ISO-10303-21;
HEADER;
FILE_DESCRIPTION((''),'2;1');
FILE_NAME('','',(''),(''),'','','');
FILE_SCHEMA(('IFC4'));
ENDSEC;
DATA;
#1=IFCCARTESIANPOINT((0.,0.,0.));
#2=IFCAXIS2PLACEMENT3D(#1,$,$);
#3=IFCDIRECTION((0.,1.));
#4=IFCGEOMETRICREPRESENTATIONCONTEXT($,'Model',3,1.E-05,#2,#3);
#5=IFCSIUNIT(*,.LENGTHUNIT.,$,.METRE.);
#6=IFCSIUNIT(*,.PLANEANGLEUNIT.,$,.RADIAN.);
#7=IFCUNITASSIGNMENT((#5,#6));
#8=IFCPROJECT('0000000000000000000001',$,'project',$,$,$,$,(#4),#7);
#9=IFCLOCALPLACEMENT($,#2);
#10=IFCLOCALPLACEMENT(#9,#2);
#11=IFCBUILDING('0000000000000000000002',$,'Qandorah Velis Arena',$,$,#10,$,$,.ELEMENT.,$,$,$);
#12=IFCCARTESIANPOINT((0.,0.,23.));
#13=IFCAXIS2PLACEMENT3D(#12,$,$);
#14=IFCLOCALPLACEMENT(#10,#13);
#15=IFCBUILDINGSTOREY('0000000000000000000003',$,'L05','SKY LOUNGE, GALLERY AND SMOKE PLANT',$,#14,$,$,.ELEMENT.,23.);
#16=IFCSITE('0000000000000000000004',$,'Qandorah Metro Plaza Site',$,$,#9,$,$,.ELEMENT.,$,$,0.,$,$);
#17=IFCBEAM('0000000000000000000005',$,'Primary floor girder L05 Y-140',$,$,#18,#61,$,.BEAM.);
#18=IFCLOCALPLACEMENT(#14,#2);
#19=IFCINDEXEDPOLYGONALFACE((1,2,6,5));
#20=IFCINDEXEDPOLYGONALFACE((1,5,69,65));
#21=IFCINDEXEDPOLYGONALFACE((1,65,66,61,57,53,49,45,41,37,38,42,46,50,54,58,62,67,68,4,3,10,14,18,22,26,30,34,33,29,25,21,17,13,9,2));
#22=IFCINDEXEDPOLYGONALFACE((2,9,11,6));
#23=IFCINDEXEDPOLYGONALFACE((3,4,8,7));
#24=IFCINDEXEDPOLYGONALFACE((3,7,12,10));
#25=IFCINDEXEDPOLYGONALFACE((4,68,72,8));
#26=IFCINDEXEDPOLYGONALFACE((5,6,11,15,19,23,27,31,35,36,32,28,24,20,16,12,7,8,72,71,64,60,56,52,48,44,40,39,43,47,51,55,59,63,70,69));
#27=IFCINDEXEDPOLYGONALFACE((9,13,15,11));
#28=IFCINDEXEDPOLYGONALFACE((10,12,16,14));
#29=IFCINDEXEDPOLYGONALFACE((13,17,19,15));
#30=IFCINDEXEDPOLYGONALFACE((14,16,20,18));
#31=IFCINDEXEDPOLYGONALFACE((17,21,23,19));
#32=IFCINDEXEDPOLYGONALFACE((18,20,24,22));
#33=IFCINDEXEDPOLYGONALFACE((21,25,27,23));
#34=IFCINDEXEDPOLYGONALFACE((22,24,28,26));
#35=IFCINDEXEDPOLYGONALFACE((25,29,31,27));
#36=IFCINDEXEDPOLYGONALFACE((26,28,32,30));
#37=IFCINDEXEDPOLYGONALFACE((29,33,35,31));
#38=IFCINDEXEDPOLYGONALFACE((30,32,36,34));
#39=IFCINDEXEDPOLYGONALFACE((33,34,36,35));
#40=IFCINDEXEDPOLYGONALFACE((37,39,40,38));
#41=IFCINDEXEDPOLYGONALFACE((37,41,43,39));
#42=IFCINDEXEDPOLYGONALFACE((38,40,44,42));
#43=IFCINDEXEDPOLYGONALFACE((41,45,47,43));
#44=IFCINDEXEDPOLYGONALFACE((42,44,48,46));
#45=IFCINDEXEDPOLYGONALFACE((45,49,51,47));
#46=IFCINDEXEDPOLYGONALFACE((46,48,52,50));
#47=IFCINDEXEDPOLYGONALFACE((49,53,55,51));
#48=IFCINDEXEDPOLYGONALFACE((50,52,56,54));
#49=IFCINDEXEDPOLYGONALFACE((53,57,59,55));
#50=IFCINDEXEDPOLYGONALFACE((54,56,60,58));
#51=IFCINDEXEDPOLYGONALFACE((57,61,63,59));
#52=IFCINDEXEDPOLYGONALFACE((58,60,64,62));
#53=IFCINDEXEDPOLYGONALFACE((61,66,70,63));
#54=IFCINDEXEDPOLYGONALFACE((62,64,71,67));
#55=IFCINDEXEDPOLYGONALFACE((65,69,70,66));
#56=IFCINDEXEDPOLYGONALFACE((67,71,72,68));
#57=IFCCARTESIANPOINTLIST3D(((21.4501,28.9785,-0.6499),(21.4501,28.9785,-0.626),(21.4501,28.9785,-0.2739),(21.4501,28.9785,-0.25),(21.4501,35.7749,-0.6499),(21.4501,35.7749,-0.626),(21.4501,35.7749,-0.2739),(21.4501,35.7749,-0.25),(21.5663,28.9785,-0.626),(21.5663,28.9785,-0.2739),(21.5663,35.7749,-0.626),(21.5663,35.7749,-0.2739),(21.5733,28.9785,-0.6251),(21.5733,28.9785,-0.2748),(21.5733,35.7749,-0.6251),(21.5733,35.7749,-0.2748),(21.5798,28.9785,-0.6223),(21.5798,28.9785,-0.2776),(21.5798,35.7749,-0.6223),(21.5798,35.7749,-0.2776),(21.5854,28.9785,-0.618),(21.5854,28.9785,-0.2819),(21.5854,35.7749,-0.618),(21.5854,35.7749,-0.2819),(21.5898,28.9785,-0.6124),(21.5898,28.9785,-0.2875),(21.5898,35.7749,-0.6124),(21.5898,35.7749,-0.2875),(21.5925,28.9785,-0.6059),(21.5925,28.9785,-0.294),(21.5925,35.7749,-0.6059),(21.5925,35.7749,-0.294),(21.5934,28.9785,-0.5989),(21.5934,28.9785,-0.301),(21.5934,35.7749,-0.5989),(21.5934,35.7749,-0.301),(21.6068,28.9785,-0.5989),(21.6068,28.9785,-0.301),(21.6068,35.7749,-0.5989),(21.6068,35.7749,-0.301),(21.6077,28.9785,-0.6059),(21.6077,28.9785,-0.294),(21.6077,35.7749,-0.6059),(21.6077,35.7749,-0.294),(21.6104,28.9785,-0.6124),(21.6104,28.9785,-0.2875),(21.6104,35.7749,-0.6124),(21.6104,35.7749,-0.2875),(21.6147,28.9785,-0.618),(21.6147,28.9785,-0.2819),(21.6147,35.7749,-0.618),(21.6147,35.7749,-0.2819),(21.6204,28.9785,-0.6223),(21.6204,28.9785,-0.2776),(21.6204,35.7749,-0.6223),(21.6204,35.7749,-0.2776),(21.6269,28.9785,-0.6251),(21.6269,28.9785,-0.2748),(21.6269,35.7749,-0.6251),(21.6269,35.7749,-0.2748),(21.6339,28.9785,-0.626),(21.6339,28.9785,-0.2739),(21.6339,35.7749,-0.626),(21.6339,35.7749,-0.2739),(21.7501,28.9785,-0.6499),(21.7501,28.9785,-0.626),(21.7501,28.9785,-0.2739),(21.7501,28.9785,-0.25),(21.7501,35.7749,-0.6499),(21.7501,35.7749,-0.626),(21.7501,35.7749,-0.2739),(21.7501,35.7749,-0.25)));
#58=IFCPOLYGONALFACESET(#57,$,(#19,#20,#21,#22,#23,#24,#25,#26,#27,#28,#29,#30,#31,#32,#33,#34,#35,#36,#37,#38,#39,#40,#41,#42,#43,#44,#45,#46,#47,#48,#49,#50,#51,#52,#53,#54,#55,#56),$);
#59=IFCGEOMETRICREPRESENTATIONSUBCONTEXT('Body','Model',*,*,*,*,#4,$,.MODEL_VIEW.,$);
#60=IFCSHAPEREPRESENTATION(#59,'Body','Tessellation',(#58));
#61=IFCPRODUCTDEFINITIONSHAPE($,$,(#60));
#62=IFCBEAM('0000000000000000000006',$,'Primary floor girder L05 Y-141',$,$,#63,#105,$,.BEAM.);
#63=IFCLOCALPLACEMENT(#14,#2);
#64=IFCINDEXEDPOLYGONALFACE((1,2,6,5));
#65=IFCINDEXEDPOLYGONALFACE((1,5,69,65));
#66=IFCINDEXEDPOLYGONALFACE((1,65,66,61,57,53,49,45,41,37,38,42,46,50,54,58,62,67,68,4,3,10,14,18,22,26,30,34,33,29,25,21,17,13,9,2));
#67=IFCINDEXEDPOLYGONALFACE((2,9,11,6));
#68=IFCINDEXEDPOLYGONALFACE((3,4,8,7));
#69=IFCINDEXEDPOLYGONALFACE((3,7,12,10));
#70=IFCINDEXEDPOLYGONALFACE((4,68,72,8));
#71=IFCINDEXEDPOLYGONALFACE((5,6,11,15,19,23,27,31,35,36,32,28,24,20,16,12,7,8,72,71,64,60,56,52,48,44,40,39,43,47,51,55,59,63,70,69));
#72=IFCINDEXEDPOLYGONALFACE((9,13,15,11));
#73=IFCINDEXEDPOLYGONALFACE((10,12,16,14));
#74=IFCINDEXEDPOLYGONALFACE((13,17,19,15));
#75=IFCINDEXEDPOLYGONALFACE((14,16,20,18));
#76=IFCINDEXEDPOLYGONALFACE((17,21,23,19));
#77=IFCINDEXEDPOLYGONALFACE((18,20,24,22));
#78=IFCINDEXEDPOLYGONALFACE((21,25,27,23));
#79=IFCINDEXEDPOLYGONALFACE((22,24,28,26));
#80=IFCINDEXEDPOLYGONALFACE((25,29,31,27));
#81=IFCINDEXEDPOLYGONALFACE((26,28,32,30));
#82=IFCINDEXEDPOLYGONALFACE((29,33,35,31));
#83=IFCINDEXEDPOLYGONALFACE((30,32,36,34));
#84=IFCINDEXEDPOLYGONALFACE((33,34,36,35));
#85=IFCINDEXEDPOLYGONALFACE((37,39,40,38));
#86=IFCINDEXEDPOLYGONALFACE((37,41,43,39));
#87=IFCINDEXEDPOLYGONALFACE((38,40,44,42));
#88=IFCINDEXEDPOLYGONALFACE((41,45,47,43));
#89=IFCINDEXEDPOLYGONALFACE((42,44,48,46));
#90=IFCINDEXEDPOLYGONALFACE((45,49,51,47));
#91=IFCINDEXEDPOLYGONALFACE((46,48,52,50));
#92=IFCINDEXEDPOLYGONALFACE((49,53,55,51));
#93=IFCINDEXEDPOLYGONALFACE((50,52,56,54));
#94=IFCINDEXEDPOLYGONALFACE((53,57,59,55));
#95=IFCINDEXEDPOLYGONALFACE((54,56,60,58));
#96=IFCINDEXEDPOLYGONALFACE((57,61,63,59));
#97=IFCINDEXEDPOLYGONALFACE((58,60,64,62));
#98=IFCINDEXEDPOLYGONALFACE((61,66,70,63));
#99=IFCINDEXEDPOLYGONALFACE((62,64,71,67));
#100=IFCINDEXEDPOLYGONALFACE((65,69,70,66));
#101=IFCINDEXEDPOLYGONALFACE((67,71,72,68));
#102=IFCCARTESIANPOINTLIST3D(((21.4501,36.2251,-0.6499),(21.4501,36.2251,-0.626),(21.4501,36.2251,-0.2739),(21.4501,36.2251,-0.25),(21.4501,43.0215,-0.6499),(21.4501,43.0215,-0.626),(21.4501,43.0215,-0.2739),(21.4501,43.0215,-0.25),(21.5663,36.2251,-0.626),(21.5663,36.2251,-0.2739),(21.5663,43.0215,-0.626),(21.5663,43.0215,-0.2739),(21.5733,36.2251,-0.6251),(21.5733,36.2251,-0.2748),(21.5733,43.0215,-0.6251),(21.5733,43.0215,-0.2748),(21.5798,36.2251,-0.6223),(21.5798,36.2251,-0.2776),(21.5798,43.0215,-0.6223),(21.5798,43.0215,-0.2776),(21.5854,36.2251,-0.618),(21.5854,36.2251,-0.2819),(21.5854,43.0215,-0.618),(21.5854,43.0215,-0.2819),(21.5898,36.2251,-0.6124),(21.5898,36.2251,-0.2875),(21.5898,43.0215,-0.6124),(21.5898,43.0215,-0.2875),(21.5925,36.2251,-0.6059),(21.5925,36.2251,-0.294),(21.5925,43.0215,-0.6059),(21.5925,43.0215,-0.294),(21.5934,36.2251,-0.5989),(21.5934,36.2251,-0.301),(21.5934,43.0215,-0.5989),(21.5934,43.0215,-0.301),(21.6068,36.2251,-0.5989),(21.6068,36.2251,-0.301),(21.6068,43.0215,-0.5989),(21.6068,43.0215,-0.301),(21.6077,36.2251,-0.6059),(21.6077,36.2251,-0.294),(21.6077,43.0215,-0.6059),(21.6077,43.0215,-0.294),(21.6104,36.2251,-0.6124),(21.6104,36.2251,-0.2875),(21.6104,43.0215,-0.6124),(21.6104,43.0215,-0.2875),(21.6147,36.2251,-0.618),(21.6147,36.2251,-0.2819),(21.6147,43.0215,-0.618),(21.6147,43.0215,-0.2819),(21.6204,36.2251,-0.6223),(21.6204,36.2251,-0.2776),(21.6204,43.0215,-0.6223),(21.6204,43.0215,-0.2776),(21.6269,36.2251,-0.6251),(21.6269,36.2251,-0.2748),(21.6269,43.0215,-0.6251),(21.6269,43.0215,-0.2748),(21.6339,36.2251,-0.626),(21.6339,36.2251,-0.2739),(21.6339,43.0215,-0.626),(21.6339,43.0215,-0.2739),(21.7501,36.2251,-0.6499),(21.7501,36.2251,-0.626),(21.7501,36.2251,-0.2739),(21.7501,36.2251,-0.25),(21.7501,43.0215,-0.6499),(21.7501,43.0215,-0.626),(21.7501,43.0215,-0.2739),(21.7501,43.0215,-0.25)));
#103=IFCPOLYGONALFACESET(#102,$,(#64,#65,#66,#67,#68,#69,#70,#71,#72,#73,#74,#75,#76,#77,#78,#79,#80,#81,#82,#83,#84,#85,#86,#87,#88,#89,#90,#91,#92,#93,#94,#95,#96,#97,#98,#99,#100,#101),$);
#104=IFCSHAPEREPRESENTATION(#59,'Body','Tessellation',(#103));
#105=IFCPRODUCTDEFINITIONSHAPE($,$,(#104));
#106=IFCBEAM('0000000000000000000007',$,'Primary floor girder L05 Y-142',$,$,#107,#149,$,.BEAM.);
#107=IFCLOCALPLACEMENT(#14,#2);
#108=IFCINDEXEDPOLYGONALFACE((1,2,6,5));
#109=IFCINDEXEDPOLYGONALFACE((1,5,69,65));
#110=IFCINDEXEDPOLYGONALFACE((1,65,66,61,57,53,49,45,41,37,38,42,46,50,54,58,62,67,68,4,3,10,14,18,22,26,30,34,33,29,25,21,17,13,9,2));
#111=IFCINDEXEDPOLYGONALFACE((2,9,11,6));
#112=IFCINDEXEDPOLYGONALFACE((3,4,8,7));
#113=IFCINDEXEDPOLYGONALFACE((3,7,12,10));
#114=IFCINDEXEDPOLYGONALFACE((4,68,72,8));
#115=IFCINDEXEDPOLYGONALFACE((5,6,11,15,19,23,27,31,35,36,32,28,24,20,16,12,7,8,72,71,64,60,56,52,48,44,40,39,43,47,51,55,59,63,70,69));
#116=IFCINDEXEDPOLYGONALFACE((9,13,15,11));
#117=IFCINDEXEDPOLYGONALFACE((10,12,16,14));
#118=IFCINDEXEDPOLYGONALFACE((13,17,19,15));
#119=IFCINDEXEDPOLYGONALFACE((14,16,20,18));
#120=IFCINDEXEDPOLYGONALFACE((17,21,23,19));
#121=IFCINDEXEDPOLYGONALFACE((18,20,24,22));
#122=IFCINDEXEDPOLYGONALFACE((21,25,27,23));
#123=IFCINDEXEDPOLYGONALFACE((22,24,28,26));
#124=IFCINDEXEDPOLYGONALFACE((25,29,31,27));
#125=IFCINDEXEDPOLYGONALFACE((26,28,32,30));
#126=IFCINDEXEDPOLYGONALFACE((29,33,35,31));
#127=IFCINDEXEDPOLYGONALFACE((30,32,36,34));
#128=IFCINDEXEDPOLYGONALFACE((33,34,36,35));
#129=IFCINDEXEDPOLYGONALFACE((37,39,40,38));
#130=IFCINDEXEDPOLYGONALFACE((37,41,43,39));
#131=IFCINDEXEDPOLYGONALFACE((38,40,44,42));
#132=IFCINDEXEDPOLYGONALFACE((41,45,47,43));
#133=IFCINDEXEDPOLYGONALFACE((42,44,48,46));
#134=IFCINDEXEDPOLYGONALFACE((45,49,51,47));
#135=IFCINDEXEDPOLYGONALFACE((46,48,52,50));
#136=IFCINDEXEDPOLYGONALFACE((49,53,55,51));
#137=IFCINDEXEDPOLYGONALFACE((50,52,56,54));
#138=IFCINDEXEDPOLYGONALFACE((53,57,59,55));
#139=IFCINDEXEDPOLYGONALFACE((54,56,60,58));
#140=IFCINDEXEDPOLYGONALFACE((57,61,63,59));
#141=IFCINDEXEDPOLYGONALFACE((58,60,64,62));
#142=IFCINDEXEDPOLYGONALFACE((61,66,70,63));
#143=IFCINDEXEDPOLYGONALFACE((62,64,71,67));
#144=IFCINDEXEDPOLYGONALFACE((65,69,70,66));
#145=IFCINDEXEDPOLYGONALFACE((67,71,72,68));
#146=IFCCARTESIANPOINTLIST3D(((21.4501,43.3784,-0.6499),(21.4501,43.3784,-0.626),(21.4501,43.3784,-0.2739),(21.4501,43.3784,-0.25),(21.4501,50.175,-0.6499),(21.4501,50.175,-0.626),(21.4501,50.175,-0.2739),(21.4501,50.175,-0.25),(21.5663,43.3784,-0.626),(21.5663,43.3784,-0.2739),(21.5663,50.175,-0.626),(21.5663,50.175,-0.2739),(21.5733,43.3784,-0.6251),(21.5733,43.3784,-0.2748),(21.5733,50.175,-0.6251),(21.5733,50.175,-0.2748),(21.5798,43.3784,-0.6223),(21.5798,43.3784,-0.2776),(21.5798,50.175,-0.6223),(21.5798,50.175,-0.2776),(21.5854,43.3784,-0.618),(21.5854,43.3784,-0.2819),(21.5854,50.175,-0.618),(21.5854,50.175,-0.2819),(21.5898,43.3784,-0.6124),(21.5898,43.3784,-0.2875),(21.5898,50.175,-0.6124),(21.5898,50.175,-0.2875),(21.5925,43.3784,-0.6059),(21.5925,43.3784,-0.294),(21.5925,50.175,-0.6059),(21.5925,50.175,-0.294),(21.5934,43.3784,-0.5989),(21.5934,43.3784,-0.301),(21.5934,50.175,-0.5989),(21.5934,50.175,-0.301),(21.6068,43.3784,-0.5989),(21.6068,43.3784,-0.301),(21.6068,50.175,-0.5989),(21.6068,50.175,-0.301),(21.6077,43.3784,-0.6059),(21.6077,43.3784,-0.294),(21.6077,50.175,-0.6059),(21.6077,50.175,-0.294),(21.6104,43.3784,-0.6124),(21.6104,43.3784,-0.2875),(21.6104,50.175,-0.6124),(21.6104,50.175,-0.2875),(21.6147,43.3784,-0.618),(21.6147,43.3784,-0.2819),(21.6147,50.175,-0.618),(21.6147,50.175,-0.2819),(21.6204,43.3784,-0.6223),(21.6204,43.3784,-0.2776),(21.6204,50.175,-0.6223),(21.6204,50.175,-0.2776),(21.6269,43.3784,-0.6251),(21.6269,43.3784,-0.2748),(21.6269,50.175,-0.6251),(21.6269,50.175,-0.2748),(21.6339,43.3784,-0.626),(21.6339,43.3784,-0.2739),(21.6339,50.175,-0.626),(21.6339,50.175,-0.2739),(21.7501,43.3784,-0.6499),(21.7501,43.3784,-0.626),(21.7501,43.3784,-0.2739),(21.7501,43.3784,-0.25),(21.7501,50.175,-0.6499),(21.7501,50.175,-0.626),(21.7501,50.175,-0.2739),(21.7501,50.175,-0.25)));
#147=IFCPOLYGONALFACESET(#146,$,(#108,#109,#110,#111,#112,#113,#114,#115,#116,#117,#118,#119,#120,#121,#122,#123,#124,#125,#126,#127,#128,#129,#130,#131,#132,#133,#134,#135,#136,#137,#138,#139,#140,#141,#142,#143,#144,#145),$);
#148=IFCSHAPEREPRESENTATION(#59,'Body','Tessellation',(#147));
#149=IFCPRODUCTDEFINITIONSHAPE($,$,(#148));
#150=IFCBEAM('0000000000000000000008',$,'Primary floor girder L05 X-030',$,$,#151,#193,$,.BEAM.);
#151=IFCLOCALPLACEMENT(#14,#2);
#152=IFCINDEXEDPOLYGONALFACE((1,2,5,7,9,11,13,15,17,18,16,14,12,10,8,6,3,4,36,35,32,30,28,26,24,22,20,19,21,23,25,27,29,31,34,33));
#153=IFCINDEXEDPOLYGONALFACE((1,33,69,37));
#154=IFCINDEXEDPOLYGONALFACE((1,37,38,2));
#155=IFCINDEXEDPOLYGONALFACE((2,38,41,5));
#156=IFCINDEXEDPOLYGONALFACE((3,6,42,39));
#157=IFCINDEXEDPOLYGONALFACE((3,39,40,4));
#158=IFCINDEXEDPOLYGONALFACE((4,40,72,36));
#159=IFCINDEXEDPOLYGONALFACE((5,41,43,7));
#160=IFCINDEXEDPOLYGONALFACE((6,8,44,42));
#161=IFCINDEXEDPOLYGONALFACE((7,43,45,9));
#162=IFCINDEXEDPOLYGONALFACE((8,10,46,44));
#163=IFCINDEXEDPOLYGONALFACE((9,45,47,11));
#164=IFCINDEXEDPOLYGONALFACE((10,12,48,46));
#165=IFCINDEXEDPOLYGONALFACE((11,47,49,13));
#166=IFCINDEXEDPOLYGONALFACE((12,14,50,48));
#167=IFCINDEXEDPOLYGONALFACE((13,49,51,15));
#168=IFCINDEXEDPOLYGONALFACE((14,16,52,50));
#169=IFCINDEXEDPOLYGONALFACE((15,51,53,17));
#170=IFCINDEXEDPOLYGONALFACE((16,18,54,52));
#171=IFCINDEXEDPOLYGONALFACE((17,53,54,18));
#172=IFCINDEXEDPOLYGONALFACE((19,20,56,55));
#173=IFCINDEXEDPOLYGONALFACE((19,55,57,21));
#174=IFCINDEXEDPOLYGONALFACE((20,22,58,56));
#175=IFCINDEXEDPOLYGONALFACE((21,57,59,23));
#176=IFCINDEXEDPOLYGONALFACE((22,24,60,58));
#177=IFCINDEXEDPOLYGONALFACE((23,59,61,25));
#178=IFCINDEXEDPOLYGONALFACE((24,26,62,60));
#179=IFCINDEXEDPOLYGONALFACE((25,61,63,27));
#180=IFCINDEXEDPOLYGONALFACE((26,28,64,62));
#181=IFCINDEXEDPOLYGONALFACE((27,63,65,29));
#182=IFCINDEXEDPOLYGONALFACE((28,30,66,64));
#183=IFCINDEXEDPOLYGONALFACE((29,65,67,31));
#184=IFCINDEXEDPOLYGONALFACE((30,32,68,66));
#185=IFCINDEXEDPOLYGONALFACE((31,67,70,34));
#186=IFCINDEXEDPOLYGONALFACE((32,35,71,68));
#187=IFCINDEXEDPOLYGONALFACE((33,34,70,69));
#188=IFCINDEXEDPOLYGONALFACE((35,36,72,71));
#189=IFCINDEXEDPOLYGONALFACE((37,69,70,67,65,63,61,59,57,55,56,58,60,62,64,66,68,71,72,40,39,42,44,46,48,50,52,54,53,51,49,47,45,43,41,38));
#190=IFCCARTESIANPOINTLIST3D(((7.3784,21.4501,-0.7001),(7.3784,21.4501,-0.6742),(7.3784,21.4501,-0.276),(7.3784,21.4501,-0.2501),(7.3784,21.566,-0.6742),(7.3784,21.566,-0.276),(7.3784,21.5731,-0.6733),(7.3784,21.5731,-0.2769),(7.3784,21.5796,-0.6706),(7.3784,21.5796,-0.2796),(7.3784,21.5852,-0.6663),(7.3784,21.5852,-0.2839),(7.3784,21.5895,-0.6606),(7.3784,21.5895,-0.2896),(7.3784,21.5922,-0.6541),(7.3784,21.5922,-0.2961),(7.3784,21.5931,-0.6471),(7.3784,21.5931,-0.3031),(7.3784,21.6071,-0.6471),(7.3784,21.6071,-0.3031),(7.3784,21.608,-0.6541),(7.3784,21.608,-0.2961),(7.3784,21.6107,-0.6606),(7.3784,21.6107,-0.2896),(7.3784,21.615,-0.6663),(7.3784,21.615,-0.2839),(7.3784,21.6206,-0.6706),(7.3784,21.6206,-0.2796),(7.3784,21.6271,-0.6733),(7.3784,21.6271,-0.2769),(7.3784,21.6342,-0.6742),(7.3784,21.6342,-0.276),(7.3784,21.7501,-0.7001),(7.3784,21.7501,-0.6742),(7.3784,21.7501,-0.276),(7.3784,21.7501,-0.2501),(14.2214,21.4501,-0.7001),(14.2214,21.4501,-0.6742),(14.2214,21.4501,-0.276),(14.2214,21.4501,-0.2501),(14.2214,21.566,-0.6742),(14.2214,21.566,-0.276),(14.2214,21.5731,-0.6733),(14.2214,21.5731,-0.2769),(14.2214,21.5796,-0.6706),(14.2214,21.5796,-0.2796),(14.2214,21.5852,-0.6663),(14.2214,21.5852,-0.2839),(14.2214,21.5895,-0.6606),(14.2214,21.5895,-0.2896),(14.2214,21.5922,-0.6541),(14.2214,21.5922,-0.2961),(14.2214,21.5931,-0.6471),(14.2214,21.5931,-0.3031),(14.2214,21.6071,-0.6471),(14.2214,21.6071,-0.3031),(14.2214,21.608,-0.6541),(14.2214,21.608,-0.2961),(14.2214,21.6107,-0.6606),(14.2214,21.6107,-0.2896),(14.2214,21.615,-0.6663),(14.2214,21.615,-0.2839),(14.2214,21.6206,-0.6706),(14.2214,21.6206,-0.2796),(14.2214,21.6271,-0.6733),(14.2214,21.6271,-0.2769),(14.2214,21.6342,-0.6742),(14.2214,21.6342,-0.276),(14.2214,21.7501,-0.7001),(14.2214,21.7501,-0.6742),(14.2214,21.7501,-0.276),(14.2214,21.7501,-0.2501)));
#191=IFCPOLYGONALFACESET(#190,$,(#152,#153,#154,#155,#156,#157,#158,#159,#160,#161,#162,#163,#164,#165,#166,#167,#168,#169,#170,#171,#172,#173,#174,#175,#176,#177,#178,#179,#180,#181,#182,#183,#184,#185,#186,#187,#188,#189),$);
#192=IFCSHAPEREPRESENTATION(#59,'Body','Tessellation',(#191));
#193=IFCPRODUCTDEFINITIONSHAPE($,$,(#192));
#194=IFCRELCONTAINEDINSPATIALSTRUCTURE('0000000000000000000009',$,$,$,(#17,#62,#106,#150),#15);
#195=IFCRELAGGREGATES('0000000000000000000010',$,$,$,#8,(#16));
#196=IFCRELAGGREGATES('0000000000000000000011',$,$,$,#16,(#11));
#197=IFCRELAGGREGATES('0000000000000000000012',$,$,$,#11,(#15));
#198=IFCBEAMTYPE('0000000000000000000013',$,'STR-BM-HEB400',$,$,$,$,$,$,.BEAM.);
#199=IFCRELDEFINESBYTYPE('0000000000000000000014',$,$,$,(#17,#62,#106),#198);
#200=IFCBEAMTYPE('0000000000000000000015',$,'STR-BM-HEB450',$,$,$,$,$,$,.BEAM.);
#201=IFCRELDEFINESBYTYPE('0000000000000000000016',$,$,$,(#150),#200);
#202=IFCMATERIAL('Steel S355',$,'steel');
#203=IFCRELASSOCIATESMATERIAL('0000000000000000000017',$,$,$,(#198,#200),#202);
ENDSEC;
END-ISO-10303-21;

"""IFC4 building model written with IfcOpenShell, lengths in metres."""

from ifc_helpers import new_model, si_unit, direction, frame, origin, origin_2d, place, context, subcontext, project, spatial, i_section, extrude, material, material_profile, profile_set, type_object, element, save


model = new_model("IFC4")

# Units and contexts
model_context = context("Model", 3, precision=1e-05, world=origin(), true_north=direction((0.0, 1.0)))
body_context = subcontext(model_context, "Body", "Model", "MODEL_VIEW")
ifc_project = project(units=[si_unit("LENGTHUNIT", "METRE"), si_unit("PLANEANGLEUNIT", "RADIAN")], contexts=[model_context])

# Site, building, storey
site_placement = place(None, origin())
site = spatial("IfcSite", under=ifc_project, at=site_placement, Name="Qandorah Metro Plaza Site", CompositionType="ELEMENT", RefElevation=0.0)
building_placement = place(site_placement, origin())
building = spatial("IfcBuilding", under=site, at=building_placement, Name="Qandorah Velis Arena", CompositionType="ELEMENT")
storey_placement = place(building_placement, frame((0.0, 0.0, 23.0)))
storey = spatial("IfcBuildingStorey", under=building, at=storey_placement, Name="L05", Description="SKY LOUNGE, GALLERY AND SMOKE PLANT", CompositionType="ELEMENT", Elevation=23.0)

# Beams
ifc_material_1 = material(Name="Steel S355", Category="steel")
ifc_material_profile_1 = material_profile(ifc_material_1, i_section(OverallWidth=0.3, OverallDepth=0.3999, WebThickness=0.0134, FlangeThickness=0.0239, FilletRadius=0.0271, at=origin_2d()), Name="HEB 400")
ifc_profile_set_1 = profile_set([ifc_material_profile_1], Name="Steel S355")
beam_type_1 = type_object("IfcBeamType", Name="STR-BM-HEB400", PredefinedType="BEAM", material=ifc_profile_set_1)
for number, where, z_axis, x_axis, name in (
    (1, (21.6001, 28.9785, -0.45), (0.0, 1.0, 0.0), (-1.0, 0.0, 0.0), "Primary floor girder L05 Y-140"),
    (2, (21.6001, 36.2251, -0.45), (0.0, 1.0, 0.0), (-1.0, 0.0, 0.0), "Primary floor girder L05 Y-141"),
):
    element("IfcBeam", number, at=place(storey_placement, frame(where, z_axis=z_axis, x_axis=x_axis)), inside=storey, type_object=beam_type_1, Name=name, PredefinedType="BEAM", context=body_context, shape_type="SweptSolid", body=[
        extrude(i_section(OverallWidth=0.3, OverallDepth=0.3999, WebThickness=0.0134, FlangeThickness=0.0239, FilletRadius=0.0271, at=origin_2d()), origin(), (0.0, 0.0, 1.0), 6.7964),
    ])
beam_1_placement = place(storey_placement, frame((21.6001, 43.3784, -0.45), z_axis=(0.0, 1.0, 0.0), x_axis=(-1.0, 0.0, 0.0)))
element("IfcBeam", 3, at=beam_1_placement, inside=storey, type_object=beam_type_1, Name="Primary floor girder L05 Y-142", PredefinedType="BEAM", context=body_context, shape_type="SweptSolid", body=[
    extrude(i_section(OverallWidth=0.3, OverallDepth=0.3999, WebThickness=0.0134, FlangeThickness=0.0239, FilletRadius=0.0271, at=origin_2d()), origin(), (0.0, 0.0, 1.0), 6.7966),
])
ifc_material_profile_2 = material_profile(ifc_material_1, i_section(OverallWidth=0.3, OverallDepth=0.45, WebThickness=0.0139, FlangeThickness=0.0259, FilletRadius=0.0271, at=origin_2d()), Name="HEB 450")
ifc_profile_set_2 = profile_set([ifc_material_profile_2], Name="Steel S355")
beam_type_2 = type_object("IfcBeamType", Name="STR-BM-HEB450", PredefinedType="BEAM", material=ifc_profile_set_2)
beam_2_placement = place(storey_placement, frame((7.3784, 21.6001, -0.4751), z_axis=(1.0, 0.0, 0.0), x_axis=(0.0, 1.0, 0.0)))
element("IfcBeam", 4, at=beam_2_placement, inside=storey, type_object=beam_type_2, Name="Primary floor girder L05 X-030", PredefinedType="BEAM", context=body_context, shape_type="SweptSolid", body=[
    extrude(i_section(OverallWidth=0.3, OverallDepth=0.45, WebThickness=0.0139, FlangeThickness=0.0259, FilletRadius=0.0271, at=origin_2d()), origin(), (0.0, 0.0, 1.0), 6.843),
])

save(model, "model.ifc")
